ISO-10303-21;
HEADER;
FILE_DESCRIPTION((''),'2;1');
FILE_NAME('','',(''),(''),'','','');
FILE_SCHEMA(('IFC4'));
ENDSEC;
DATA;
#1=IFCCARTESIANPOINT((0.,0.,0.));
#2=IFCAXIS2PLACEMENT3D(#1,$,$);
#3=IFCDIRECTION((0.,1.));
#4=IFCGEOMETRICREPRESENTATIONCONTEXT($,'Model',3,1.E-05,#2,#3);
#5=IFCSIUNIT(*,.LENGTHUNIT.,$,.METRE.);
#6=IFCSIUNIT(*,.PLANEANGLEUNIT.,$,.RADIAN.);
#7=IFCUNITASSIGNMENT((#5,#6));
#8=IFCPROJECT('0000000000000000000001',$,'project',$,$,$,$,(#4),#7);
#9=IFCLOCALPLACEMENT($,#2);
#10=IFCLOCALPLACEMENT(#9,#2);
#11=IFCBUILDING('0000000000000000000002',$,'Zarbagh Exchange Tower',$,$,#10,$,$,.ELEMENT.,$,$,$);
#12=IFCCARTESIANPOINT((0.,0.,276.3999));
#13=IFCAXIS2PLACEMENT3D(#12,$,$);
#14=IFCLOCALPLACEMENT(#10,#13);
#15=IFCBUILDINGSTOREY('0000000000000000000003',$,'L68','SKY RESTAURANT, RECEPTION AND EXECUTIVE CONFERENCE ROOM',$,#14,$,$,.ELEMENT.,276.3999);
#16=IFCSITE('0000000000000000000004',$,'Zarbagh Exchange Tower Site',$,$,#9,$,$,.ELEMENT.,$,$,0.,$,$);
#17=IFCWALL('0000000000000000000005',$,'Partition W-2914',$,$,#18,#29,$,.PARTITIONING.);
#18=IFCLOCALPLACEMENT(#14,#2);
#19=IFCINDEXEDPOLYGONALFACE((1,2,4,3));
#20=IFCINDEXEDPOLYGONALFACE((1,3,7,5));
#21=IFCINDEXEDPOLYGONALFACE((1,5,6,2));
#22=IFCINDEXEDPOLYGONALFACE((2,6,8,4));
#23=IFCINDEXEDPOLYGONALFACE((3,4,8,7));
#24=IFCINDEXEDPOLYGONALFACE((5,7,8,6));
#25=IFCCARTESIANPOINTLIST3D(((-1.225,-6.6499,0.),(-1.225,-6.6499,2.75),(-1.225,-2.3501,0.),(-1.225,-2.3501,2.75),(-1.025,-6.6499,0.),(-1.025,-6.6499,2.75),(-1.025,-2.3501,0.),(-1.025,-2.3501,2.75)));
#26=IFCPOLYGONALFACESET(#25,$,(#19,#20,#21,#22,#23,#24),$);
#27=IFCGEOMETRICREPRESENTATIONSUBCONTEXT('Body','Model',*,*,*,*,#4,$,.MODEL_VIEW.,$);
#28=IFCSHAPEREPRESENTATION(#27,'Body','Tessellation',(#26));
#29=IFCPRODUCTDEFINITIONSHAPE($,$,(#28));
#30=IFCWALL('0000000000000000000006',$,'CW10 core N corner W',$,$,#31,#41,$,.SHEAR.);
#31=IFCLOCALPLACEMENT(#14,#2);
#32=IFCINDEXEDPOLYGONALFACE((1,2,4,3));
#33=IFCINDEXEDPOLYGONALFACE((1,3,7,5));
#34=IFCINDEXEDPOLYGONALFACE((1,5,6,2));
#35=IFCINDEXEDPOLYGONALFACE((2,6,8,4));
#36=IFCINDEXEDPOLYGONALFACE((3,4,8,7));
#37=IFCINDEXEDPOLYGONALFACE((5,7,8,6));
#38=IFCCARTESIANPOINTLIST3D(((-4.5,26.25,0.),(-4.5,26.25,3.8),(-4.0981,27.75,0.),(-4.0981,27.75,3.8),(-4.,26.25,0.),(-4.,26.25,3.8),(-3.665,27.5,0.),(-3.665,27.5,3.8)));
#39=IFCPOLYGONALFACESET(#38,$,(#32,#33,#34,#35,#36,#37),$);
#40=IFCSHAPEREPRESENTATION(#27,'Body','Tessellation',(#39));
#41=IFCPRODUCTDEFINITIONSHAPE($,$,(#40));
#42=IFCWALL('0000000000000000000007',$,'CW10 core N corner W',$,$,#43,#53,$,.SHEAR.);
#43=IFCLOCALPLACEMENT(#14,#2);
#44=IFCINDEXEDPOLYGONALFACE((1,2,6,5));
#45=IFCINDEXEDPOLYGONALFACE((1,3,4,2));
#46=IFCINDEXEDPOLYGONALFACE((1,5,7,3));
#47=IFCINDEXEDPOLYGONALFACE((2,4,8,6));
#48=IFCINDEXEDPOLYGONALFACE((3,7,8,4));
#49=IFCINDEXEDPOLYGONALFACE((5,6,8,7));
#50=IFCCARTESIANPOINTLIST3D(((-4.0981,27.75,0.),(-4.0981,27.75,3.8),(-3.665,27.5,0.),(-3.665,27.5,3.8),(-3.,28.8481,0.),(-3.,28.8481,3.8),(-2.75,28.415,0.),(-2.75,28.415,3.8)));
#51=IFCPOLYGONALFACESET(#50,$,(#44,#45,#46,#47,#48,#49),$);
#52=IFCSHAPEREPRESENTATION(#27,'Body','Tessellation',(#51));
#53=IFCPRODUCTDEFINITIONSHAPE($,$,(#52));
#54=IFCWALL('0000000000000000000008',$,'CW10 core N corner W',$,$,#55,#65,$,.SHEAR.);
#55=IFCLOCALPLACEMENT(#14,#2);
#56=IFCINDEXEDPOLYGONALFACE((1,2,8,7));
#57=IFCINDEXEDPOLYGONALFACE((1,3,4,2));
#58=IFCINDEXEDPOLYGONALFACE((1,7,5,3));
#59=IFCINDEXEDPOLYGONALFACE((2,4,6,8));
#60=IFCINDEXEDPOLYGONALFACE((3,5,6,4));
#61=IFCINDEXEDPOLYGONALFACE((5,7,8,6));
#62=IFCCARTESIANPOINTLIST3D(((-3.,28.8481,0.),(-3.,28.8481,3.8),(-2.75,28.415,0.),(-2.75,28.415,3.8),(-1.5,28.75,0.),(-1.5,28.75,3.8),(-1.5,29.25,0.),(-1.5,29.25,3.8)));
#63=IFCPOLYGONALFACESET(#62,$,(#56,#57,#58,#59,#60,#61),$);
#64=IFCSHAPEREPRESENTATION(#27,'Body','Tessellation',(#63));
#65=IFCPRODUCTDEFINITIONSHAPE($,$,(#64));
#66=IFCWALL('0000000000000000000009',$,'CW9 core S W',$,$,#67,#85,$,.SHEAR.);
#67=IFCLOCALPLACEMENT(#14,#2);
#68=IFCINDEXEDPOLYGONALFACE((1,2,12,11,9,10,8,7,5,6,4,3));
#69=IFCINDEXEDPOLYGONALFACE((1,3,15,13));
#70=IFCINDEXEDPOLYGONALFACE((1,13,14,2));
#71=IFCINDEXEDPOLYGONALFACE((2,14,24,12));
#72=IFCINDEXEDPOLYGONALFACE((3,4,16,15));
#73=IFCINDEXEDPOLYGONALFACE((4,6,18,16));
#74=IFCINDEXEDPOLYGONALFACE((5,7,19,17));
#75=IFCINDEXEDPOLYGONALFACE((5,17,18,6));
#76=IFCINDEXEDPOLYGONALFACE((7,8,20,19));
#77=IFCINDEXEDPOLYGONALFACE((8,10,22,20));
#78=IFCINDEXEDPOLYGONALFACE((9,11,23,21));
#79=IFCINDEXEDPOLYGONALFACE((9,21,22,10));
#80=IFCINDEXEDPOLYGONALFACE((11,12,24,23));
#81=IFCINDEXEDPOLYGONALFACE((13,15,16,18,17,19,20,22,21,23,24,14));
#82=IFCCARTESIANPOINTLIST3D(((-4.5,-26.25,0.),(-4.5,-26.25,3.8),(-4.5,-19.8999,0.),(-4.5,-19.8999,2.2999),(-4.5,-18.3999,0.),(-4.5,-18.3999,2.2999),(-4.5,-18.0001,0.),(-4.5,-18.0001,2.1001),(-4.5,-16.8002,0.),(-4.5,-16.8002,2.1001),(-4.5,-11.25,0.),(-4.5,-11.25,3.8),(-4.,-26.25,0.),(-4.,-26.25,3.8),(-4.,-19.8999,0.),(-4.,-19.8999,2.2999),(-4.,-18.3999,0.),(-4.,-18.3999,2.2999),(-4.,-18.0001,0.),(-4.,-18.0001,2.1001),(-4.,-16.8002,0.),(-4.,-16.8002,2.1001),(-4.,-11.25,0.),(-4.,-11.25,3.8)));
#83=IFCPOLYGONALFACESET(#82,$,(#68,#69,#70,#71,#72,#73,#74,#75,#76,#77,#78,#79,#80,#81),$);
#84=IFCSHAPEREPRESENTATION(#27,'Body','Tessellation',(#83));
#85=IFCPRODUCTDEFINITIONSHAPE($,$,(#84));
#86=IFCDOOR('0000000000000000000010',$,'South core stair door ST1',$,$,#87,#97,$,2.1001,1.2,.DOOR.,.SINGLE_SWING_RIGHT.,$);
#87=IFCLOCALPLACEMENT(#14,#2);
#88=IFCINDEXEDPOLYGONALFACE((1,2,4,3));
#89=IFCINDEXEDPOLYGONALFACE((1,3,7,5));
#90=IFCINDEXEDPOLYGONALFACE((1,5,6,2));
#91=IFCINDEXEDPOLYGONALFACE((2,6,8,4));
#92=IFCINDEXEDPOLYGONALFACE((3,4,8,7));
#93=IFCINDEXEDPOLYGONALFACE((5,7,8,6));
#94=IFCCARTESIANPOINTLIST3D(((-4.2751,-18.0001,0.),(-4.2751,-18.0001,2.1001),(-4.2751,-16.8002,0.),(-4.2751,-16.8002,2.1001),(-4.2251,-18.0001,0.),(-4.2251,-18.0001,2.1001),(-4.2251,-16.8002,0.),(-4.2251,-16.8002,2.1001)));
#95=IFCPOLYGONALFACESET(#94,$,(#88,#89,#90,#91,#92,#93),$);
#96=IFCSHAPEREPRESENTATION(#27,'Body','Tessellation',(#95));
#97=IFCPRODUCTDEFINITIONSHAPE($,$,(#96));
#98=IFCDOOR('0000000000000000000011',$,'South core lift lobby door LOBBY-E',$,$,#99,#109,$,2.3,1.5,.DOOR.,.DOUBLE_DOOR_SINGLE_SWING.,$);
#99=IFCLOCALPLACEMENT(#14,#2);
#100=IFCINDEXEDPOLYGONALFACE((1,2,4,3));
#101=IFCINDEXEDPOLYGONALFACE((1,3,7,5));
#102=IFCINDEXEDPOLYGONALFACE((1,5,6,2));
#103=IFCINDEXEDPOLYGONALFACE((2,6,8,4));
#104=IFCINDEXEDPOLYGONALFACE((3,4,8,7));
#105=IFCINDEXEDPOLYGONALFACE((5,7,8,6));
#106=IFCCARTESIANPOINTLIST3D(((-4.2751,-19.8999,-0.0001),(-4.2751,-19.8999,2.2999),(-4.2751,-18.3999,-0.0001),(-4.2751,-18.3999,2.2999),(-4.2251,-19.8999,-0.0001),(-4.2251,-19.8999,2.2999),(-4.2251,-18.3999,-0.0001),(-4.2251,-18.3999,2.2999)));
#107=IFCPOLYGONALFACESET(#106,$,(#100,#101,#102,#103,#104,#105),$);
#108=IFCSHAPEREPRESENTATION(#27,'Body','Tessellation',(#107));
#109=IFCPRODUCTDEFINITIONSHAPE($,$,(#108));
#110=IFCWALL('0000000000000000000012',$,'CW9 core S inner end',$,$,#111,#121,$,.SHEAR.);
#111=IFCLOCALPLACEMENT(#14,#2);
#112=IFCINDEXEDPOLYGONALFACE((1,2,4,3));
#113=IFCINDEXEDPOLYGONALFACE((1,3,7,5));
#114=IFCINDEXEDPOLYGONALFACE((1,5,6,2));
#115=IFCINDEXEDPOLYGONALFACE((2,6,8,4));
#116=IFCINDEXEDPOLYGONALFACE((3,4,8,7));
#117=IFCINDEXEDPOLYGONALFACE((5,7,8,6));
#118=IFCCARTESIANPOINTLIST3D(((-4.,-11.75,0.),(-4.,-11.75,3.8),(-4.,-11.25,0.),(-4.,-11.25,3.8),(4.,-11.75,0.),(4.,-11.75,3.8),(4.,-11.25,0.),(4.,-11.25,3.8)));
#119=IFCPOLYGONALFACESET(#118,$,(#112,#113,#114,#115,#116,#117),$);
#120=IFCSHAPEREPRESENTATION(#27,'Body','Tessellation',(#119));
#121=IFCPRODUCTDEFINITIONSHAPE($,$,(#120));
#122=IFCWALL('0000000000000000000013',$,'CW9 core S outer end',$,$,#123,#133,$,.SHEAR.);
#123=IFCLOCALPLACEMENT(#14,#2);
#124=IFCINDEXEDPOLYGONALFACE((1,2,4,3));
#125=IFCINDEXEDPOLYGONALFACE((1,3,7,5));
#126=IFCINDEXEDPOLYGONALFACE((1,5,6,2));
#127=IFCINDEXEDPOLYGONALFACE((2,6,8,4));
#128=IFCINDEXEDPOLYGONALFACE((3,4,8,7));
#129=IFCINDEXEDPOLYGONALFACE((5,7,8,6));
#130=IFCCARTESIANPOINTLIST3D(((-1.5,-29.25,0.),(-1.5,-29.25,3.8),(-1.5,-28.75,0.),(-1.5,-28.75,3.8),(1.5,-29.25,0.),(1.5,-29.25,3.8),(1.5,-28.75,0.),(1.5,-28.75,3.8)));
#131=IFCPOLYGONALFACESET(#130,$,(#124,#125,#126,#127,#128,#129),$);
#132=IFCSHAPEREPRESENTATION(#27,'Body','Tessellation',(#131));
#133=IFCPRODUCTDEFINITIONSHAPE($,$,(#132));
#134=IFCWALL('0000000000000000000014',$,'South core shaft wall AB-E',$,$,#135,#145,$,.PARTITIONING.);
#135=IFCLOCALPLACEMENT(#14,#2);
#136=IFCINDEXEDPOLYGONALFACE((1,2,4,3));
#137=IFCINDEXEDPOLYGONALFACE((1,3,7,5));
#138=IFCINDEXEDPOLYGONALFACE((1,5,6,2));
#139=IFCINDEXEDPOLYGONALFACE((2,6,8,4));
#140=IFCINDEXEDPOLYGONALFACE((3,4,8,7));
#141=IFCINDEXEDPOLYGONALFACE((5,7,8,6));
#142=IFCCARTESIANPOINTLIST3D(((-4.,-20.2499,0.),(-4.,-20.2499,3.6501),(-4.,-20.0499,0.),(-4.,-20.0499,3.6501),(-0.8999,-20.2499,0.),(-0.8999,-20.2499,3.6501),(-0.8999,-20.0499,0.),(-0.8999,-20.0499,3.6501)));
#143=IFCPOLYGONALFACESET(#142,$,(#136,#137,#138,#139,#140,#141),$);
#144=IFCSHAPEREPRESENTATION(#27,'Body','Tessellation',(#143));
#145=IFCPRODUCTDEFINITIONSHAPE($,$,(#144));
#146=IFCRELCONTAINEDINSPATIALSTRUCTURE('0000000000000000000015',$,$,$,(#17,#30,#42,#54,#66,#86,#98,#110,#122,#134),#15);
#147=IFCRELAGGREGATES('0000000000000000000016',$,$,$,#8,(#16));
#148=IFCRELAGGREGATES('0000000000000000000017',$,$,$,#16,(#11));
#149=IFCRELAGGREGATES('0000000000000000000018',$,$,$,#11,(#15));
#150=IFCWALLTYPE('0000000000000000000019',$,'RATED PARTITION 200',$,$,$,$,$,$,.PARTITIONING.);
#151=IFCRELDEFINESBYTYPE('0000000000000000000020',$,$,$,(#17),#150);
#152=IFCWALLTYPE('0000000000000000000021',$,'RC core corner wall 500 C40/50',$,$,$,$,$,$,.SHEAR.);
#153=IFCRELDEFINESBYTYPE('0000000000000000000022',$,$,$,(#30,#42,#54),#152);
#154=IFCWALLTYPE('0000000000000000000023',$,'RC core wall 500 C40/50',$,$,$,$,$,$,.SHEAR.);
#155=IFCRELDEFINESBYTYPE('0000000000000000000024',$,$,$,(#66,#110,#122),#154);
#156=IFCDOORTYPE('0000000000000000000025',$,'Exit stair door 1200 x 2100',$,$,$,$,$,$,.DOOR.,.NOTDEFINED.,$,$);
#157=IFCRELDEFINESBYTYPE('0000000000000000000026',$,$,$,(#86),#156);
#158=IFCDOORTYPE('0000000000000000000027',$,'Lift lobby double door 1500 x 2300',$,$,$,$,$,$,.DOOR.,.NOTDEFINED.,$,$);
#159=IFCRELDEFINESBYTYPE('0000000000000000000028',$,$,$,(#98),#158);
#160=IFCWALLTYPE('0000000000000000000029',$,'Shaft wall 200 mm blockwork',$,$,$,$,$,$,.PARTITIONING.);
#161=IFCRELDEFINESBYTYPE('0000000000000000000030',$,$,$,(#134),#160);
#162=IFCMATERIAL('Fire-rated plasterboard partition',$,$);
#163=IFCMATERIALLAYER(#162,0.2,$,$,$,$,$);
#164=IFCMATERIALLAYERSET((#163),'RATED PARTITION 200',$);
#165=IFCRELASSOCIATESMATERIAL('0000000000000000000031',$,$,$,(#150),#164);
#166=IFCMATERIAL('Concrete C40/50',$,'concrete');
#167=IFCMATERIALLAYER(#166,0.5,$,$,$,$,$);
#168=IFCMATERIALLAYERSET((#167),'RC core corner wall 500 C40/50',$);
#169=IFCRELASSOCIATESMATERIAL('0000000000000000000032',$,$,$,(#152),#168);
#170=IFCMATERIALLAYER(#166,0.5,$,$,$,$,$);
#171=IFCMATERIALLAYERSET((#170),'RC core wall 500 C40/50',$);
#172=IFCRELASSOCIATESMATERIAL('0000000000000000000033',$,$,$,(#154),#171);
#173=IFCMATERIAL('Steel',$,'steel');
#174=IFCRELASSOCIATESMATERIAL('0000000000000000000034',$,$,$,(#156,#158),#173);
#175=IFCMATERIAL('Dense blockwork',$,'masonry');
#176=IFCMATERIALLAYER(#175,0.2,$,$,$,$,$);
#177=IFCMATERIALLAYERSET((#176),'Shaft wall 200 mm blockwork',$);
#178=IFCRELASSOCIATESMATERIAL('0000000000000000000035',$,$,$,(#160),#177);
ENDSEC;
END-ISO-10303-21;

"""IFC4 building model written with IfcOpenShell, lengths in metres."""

from ifc_helpers import new_model, si_unit, direction, frame, frame_2d, origin, place, context, subcontext, project, spatial, polyline, rectangle, outline, extrude, material, layer, layer_set, type_object, element, fill, save


model = new_model("IFC4")

# Units and contexts
model_context = context("Model", 3, precision=1e-05, world=origin(), true_north=direction((0.0, 1.0)))
body_context = subcontext(model_context, "Body", "Model", "MODEL_VIEW")
ifc_project = project(units=[si_unit("LENGTHUNIT", "METRE"), si_unit("PLANEANGLEUNIT", "RADIAN")], contexts=[model_context])

# Site, building, storey
site_placement = place(None, origin())
site = spatial("IfcSite", under=ifc_project, at=site_placement, Name="Zarbagh Exchange Tower Site", CompositionType="ELEMENT", RefElevation=0.0)
building_placement = place(site_placement, origin())
building = spatial("IfcBuilding", under=site, at=building_placement, Name="Zarbagh Exchange Tower", CompositionType="ELEMENT")
storey_placement = place(building_placement, frame((0.0, 0.0, 276.3999)))
storey = spatial("IfcBuildingStorey", under=building, at=storey_placement, Name="L68", Description="SKY RESTAURANT, RECEPTION AND EXECUTIVE CONFERENCE ROOM", CompositionType="ELEMENT", Elevation=276.3999)

# Shared definitions
ifc_material_1 = material(Name="Concrete C40/50", Category="concrete")

# Shared definitions
ifc_material_2 = material(Name="Dense blockwork", Category="masonry")

# Shared definitions
ifc_material_3 = material(Name="Fire-rated plasterboard partition")
ifc_layer_1 = layer(ifc_material_3, 0.2)
ifc_layer_set_1 = layer_set([ifc_layer_1], Name="RATED PARTITION 200")
wall_type_1 = type_object("IfcWallType", Name="RATED PARTITION 200", PredefinedType="PARTITIONING", material=ifc_layer_set_1)

# Walls
wall_1_placement = place(storey_placement, frame((-1.125, -6.6499, 0.0), z_axis=(0.0, 0.0, 1.0), x_axis=(0.0, 1.0, 0.0)))
element("IfcWall", 1, at=wall_1_placement, inside=storey, type_object=wall_type_1, Name="Partition W-2914", PredefinedType="PARTITIONING", context=body_context, shape_type="SweptSolid", body=[
    extrude(rectangle(XDim=4.2998, YDim=0.2, at=frame_2d((2.1499, 0.0))), origin(), (0.0, 0.0, 1.0), 2.75),
])
ifc_layer_2 = layer(ifc_material_1, 0.5)
ifc_layer_set_2 = layer_set([ifc_layer_2], Name="RC core corner wall 500 C40/50")
wall_type_2 = type_object("IfcWallType", Name="RC core corner wall 500 C40/50", PredefinedType="SHEAR", material=ifc_layer_set_2)
wall_2_placement = place(storey_placement, origin())
element("IfcWall", 2, at=wall_2_placement, inside=storey, type_object=wall_type_2, Name="CW10 core N corner W", PredefinedType="SHEAR", context=body_context, shape_type="SweptSolid", body=[
    extrude(outline(polyline([(-4.5, 26.25), (-4.0981, 27.75), (-3.665, 27.5), (-4.0, 26.25), (-4.5, 26.25)])), origin(), (0.0, 0.0, 1.0), 3.8),
])
wall_3_placement = place(storey_placement, origin())
element("IfcWall", 3, at=wall_3_placement, inside=storey, type_object=wall_type_2, Name="CW10 core N corner W", PredefinedType="SHEAR", context=body_context, shape_type="SweptSolid", body=[
    extrude(outline(polyline([(-4.0981, 27.75), (-3.0, 28.8481), (-2.75, 28.415), (-3.665, 27.5), (-4.0981, 27.75)])), origin(), (0.0, 0.0, 1.0), 3.8),
])
wall_4_placement = place(storey_placement, origin())
element("IfcWall", 4, at=wall_4_placement, inside=storey, type_object=wall_type_2, Name="CW10 core N corner W", PredefinedType="SHEAR", context=body_context, shape_type="SweptSolid", body=[
    extrude(outline(polyline([(-3.0, 28.8481), (-1.5, 29.25), (-1.5, 28.75), (-2.75, 28.415), (-3.0, 28.8481)])), origin(), (0.0, 0.0, 1.0), 3.8),
])

# Wall, openings, doors
ifc_layer_3 = layer(ifc_material_1, 0.5)
ifc_layer_set_3 = layer_set([ifc_layer_3], Name="RC core wall 500 C40/50")
wall_type_3 = type_object("IfcWallType", Name="RC core wall 500 C40/50", PredefinedType="SHEAR", material=ifc_layer_set_3)
wall_5_placement = place(storey_placement, frame((-4.25, -11.25, 0.0), z_axis=(0.0, 0.0, 1.0), x_axis=(0.0, -1.0, 0.0)))
wall_5 = element("IfcWall", 5, at=wall_5_placement, inside=storey, type_object=wall_type_3, Name="CW9 core S W", PredefinedType="SHEAR", context=body_context, shape_type="SweptSolid", body=[
    extrude(rectangle(XDim=15.0, YDim=0.5, at=frame_2d((7.5, 0.0))), origin(), (0.0, 0.0, 1.0), 3.8),
])
opening_1_placement = place(wall_5_placement, frame((7.1499, 0.0, 0.0)))
opening_1 = element("IfcOpeningElement", 6, at=opening_1_placement, cuts=wall_5, PredefinedType="OPENING", context=body_context, shape_type="SweptSolid", body=[
    extrude(rectangle(XDim=1.5, YDim=2.3, at=frame_2d((0.75, 1.1499))), frame((0.0, 0.26, 0.0), z_axis=(0.0, -1.0, 0.0), x_axis=(1.0, 0.0, 0.0)), (0.0, 0.0, 1.0), 0.52),
])
opening_2_placement = place(wall_5_placement, frame((5.55, 0.0, 0.0)))
opening_2 = element("IfcOpeningElement", 7, at=opening_2_placement, cuts=wall_5, PredefinedType="OPENING", context=body_context, shape_type="SweptSolid", body=[
    extrude(rectangle(XDim=1.2, YDim=2.1001, at=frame_2d((0.6001, 1.05))), frame((0.0, 0.26, 0.0), z_axis=(0.0, -1.0, 0.0), x_axis=(1.0, 0.0, 0.0)), (0.0, 0.0, 1.0), 0.52),
])
ifc_material_4 = material(Name="Steel", Category="steel")
door_type_1 = type_object("IfcDoorType", Name="Exit stair door 1200 x 2100", OperationType="NOTDEFINED", PredefinedType="DOOR", material=ifc_material_4)
door_1_placement = place(opening_2_placement, origin())
door_1 = element("IfcDoor", 8, at=door_1_placement, inside=storey, type_object=door_type_1, Name="South core stair door ST1", OperationType="SINGLE_SWING_RIGHT", OverallHeight=2.1001, OverallWidth=1.2, PredefinedType="DOOR", context=body_context, shape_type="SweptSolid", body=[
    extrude(rectangle(XDim=1.2, YDim=2.1001, at=frame_2d((0.6001, 1.05))), frame((0.0, 0.0249, 0.0), z_axis=(0.0, -1.0, 0.0), x_axis=(1.0, 0.0, 0.0)), (0.0, 0.0, 1.0), 0.05),
])
fill(opening_2, door_1)
door_type_2 = type_object("IfcDoorType", Name="Lift lobby double door 1500 x 2300", OperationType="NOTDEFINED", PredefinedType="DOOR", material=ifc_material_4)
door_2_placement = place(opening_1_placement, origin())
door_2 = element("IfcDoor", 9, at=door_2_placement, inside=storey, type_object=door_type_2, Name="South core lift lobby door LOBBY-E", OperationType="DOUBLE_DOOR_SINGLE_SWING", OverallHeight=2.3, OverallWidth=1.5, PredefinedType="DOOR", context=body_context, shape_type="SweptSolid", body=[
    extrude(rectangle(XDim=1.5, YDim=2.3, at=frame_2d((0.75, 1.1499))), frame((0.0, 0.0249, 0.0), z_axis=(0.0, -1.0, 0.0), x_axis=(1.0, 0.0, 0.0)), (0.0, 0.0, 1.0), 0.05),
])
fill(opening_1, door_2)

# Walls
wall_6_placement = place(storey_placement, frame((-4.0, -11.5, 0.0), z_axis=(0.0, 0.0, 1.0), x_axis=(1.0, 0.0, 0.0)))
element("IfcWall", 10, at=wall_6_placement, inside=storey, type_object=wall_type_3, Name="CW9 core S inner end", PredefinedType="SHEAR", context=body_context, shape_type="SweptSolid", body=[
    extrude(rectangle(XDim=8.0, YDim=0.5, at=frame_2d((4.0, 0.0))), origin(), (0.0, 0.0, 1.0), 3.8),
])
wall_7_placement = place(storey_placement, frame((-1.5, -29.0, 0.0), z_axis=(0.0, 0.0, 1.0), x_axis=(1.0, 0.0, 0.0)))
element("IfcWall", 11, at=wall_7_placement, inside=storey, type_object=wall_type_3, Name="CW9 core S outer end", PredefinedType="SHEAR", context=body_context, shape_type="SweptSolid", body=[
    extrude(rectangle(XDim=3.0, YDim=0.5, at=frame_2d((1.5, 0.0))), origin(), (0.0, 0.0, 1.0), 3.8),
])
ifc_layer_4 = layer(ifc_material_2, 0.2)
ifc_layer_set_4 = layer_set([ifc_layer_4], Name="Shaft wall 200 mm blockwork")
wall_type_4 = type_object("IfcWallType", Name="Shaft wall 200 mm blockwork", PredefinedType="PARTITIONING", material=ifc_layer_set_4)
wall_8_placement = place(storey_placement, frame((-0.8999, -20.1499, 0.0), z_axis=(0.0, 0.0, 1.0), x_axis=(-1.0, 0.0, 0.0)))
element("IfcWall", 12, at=wall_8_placement, inside=storey, type_object=wall_type_4, Name="South core shaft wall AB-E", PredefinedType="PARTITIONING", context=body_context, shape_type="SweptSolid", body=[
    extrude(rectangle(XDim=3.1001, YDim=0.2, at=frame_2d((1.55, 0.0))), origin(), (0.0, 0.0, 1.0), 3.6501),
])

save(model, "model.ifc")
